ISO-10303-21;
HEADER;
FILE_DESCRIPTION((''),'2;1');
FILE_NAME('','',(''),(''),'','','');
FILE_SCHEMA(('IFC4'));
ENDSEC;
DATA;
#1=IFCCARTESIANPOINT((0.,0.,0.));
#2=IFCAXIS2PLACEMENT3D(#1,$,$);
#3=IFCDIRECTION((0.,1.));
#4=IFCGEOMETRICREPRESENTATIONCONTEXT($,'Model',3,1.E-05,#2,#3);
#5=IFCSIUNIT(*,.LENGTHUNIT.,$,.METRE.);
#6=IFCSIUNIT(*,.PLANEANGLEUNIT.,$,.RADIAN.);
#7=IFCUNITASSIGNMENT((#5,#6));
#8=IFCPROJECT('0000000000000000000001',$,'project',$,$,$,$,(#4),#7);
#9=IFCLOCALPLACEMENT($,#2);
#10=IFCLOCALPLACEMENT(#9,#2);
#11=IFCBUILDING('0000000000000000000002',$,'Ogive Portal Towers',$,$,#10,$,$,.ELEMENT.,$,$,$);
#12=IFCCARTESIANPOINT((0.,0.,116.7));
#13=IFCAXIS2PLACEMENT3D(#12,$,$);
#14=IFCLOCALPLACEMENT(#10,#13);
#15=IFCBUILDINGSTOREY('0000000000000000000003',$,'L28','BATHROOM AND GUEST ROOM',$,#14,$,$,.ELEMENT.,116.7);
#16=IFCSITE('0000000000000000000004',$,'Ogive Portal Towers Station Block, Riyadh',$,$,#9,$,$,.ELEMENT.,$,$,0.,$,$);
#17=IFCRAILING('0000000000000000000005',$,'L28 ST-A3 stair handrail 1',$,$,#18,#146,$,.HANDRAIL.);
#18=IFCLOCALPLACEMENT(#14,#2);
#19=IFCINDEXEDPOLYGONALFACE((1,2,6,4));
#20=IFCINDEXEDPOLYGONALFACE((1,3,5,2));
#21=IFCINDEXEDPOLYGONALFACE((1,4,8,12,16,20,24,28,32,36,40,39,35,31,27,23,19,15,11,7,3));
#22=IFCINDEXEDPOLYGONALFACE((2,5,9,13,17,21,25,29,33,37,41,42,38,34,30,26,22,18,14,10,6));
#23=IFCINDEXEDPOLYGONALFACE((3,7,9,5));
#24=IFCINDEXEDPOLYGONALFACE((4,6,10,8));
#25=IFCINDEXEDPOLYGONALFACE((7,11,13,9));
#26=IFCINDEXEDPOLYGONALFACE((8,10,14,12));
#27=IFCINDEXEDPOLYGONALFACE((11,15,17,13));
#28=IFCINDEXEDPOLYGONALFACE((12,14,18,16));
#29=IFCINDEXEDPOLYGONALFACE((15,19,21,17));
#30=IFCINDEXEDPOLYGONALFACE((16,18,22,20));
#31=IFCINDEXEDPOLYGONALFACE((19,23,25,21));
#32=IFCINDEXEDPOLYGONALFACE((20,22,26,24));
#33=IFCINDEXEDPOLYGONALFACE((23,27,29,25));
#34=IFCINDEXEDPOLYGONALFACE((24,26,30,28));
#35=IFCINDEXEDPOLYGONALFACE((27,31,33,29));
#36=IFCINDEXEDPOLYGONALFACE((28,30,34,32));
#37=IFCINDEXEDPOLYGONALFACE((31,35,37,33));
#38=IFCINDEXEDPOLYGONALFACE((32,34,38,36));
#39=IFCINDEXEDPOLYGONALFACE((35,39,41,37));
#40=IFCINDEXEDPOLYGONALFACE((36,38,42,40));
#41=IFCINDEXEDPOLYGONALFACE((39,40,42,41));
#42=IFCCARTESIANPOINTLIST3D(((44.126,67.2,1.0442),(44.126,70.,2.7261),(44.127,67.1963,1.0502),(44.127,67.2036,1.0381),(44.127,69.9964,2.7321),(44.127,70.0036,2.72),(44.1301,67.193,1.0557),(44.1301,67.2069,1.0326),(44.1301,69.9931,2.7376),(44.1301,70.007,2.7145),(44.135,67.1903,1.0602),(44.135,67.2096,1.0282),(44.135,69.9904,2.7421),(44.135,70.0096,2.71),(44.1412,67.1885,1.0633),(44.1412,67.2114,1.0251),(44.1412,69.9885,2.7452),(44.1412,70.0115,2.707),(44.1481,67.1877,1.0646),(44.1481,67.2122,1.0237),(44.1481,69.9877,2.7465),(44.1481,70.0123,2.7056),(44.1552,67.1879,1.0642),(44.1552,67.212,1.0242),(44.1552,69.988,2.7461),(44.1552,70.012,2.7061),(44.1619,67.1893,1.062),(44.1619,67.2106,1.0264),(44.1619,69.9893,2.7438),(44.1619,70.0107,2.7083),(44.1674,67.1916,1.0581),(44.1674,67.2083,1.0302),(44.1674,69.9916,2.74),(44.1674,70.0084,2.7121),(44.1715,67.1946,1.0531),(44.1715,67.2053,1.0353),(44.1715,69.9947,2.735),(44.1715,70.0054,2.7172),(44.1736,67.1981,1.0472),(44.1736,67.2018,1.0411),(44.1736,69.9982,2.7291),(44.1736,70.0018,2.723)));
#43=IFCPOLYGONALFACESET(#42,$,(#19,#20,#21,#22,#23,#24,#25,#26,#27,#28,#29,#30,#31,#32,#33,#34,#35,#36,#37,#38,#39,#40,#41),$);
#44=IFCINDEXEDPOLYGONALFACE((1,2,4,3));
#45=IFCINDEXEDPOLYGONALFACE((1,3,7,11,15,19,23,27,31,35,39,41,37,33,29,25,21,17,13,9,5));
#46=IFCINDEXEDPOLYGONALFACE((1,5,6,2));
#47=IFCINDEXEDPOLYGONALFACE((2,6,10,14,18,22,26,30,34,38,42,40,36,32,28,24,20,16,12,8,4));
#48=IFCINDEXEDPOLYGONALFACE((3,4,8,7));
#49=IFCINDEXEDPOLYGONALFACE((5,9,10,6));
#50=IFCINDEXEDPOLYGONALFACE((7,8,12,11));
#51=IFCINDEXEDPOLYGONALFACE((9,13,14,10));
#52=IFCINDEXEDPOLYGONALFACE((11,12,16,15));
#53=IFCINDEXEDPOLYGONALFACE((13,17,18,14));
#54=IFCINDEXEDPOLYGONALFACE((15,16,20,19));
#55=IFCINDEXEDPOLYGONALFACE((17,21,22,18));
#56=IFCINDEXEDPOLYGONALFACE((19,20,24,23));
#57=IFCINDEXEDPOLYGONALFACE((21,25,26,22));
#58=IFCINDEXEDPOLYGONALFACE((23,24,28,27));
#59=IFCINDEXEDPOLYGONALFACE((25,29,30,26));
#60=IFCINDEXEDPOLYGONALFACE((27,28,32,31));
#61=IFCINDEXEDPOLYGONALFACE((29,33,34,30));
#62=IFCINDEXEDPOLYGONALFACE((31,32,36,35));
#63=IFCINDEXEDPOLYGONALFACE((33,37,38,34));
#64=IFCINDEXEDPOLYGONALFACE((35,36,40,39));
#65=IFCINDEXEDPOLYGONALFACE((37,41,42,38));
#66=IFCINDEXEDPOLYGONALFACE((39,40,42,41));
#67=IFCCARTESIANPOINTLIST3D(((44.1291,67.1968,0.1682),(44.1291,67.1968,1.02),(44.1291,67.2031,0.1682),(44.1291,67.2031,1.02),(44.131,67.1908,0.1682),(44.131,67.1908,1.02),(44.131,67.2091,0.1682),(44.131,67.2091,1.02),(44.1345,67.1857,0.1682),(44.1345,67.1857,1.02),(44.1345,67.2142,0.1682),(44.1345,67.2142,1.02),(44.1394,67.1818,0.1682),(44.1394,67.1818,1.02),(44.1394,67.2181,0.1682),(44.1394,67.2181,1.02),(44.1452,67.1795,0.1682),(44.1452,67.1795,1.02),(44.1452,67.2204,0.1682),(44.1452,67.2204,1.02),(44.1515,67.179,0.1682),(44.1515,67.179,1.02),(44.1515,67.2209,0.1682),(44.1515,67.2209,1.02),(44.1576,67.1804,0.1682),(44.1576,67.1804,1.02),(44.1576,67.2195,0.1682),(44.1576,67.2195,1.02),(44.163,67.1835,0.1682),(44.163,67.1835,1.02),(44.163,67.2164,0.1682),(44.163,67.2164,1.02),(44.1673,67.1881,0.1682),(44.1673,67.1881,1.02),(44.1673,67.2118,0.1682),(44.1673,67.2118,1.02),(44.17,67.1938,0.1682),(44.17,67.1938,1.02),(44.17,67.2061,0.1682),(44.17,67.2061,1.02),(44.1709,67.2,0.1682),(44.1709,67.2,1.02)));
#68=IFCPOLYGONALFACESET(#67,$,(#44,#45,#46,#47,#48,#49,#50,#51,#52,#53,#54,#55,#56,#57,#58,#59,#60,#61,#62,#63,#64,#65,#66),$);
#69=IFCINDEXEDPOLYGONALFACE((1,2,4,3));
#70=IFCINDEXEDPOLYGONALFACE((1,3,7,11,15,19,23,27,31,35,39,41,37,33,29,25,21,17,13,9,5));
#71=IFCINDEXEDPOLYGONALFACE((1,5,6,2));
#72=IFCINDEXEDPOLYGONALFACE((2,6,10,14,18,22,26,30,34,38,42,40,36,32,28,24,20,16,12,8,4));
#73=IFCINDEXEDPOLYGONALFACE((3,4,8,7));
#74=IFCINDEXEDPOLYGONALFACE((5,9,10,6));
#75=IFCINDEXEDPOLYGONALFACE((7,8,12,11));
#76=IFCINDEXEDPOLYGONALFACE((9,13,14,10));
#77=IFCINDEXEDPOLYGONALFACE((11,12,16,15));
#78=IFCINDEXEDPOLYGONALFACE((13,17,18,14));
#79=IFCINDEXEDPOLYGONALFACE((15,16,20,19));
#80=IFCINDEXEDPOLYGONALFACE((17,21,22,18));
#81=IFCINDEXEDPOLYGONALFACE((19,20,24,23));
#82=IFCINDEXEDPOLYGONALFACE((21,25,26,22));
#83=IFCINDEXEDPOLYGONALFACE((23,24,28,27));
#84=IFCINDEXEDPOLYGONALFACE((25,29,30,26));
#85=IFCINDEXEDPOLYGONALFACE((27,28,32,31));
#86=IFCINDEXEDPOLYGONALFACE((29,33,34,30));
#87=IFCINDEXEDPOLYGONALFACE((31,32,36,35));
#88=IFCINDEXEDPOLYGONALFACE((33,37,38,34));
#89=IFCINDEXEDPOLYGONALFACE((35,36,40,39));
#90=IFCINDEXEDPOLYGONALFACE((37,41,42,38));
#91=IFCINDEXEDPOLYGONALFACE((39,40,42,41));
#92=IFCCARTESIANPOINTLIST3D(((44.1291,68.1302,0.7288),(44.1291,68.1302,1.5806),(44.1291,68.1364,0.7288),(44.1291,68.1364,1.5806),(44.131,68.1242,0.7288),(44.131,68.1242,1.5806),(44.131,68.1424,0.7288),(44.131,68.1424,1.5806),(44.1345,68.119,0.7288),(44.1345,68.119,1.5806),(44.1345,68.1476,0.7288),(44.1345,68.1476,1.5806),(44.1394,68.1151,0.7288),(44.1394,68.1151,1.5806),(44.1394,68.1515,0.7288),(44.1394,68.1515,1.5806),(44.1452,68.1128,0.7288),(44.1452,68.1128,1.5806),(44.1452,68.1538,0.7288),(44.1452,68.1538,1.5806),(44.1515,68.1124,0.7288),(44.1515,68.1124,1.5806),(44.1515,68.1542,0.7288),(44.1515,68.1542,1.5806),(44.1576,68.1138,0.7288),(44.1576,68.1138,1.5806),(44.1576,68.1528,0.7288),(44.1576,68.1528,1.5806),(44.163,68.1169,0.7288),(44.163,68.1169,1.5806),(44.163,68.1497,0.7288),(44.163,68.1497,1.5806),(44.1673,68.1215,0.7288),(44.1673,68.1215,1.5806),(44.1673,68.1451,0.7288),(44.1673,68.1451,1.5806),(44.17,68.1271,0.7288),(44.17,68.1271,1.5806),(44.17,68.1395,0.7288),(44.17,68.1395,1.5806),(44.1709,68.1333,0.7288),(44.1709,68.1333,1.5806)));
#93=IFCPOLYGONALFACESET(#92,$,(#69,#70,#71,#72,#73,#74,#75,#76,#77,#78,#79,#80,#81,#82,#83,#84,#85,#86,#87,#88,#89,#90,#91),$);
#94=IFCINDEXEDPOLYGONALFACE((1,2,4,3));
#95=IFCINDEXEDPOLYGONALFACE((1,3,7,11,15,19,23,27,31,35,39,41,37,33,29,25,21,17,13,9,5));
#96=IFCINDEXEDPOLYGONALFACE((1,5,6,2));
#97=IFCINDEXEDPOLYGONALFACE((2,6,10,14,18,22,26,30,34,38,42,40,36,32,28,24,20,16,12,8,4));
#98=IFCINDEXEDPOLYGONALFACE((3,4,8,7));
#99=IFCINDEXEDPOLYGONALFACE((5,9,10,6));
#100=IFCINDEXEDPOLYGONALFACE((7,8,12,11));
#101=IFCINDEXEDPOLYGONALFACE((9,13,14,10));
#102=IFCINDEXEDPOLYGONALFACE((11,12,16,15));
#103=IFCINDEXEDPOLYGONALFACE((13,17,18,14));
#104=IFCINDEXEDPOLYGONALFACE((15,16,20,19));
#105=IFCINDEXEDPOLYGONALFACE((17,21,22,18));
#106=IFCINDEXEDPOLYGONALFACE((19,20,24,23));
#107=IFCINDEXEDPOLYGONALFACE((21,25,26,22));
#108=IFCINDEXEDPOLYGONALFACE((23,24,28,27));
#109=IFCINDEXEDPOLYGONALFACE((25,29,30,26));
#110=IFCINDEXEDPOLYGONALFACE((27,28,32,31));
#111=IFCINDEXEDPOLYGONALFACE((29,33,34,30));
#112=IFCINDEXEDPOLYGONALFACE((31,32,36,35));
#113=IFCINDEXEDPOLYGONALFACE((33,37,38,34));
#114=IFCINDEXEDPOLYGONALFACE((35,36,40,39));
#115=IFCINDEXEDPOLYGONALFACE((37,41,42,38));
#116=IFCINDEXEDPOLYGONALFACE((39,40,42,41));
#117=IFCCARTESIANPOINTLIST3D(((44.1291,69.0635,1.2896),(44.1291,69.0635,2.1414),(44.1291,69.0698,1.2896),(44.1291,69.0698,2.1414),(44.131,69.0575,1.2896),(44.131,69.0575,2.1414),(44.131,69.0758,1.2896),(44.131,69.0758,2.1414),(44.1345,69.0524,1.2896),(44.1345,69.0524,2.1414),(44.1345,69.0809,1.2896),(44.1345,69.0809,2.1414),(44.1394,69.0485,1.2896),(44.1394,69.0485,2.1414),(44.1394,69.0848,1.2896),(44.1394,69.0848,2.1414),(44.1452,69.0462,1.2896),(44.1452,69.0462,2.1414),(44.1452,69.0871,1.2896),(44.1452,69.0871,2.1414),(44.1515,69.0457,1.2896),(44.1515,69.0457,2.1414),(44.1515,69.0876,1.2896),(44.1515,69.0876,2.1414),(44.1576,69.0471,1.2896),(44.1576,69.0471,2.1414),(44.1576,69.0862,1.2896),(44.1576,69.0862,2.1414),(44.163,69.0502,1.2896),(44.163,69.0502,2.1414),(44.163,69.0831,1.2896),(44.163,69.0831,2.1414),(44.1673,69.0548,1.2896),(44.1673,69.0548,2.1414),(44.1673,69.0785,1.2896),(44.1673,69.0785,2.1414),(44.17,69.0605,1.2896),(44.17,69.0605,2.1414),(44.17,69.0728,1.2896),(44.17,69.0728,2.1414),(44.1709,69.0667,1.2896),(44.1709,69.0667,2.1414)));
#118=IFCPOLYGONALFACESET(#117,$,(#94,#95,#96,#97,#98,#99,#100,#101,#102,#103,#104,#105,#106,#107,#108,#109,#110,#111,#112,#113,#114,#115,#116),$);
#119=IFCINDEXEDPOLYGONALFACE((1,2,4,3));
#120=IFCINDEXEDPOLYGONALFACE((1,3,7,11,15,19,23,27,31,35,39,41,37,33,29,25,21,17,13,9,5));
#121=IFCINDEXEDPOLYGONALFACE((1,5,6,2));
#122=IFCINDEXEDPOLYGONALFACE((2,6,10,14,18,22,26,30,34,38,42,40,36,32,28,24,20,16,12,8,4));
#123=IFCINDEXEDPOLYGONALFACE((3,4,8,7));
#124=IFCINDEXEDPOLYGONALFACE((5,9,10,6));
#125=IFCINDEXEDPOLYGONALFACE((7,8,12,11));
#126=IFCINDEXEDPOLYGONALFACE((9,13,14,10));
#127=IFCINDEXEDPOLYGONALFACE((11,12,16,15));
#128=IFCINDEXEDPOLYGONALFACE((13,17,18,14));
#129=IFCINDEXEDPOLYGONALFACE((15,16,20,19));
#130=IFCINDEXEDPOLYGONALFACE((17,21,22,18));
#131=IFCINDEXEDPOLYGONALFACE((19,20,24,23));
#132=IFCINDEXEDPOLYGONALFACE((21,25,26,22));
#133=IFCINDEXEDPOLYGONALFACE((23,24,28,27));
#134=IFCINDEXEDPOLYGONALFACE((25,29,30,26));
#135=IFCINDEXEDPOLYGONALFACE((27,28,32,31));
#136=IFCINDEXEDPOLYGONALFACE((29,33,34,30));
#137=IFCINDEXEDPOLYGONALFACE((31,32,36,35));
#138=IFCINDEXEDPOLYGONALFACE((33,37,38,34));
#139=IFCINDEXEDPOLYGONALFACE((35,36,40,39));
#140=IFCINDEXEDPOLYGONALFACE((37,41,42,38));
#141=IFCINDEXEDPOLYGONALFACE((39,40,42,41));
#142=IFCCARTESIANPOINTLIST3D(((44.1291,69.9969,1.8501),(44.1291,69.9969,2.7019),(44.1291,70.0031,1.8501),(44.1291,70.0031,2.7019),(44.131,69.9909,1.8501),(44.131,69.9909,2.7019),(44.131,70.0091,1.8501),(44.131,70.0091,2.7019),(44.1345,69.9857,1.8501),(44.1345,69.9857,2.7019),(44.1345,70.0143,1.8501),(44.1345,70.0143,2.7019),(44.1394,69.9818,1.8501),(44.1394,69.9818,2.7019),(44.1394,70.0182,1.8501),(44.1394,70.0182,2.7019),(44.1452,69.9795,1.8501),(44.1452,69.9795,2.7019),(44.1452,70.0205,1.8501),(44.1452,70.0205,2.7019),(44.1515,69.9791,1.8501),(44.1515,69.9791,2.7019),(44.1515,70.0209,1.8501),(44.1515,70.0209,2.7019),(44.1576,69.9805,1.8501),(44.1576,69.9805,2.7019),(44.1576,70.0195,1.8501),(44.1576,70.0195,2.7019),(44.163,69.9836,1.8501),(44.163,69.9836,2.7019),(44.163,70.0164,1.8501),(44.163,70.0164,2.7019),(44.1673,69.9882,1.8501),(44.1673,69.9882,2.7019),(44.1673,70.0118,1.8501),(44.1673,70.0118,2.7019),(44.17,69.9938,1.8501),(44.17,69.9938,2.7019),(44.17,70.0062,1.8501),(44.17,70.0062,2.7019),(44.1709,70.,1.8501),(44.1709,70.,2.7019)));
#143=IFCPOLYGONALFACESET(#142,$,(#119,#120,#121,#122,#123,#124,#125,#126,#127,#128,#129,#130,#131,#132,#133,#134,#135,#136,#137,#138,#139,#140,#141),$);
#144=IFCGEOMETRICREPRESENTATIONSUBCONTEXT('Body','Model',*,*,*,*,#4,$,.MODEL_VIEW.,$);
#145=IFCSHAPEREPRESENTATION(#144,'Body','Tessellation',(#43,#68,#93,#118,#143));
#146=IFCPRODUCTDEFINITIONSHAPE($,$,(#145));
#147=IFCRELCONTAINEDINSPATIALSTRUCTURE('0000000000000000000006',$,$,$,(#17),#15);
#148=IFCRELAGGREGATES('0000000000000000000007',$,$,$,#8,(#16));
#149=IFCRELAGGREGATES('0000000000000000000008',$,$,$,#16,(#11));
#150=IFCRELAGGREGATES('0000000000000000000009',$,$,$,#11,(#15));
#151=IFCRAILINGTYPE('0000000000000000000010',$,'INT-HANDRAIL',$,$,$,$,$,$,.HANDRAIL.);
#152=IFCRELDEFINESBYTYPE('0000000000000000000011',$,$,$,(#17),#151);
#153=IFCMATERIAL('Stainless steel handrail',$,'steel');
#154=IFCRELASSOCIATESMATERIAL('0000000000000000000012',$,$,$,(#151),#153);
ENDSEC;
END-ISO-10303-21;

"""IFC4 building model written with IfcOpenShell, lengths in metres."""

from ifc_helpers import new_model, si_unit, direction, frame, origin, origin_2d, place, context, subcontext, project, spatial, circle, extrude, material, type_object, element, save


model = new_model("IFC4")

# Units and contexts
model_context = context("Model", 3, precision=1e-05, world=origin(), true_north=direction((0.0, 1.0)))
body_context = subcontext(model_context, "Body", "Model", "MODEL_VIEW")
ifc_project = project(units=[si_unit("LENGTHUNIT", "METRE"), si_unit("PLANEANGLEUNIT", "RADIAN")], contexts=[model_context])

# Site, building, storey
site_placement = place(None, origin())
site = spatial("IfcSite", under=ifc_project, at=site_placement, Name="Ogive Portal Towers Station Block, Riyadh", CompositionType="ELEMENT", RefElevation=0.0)
building_placement = place(site_placement, origin())
building = spatial("IfcBuilding", under=site, at=building_placement, Name="Ogive Portal Towers", CompositionType="ELEMENT")
storey_placement = place(building_placement, frame((0.0, 0.0, 116.7)))
storey = spatial("IfcBuildingStorey", under=building, at=storey_placement, Name="L28", Description="BATHROOM AND GUEST ROOM", CompositionType="ELEMENT", Elevation=116.7)

# Railing
ifc_material_1 = material(Name="Stainless steel handrail", Category="steel")
railing_type_1 = type_object("IfcRailingType", Name="INT-HANDRAIL", PredefinedType="HANDRAIL", material=ifc_material_1)
railing_1_placement = place(storey_placement, frame((44.1499, 67.2, 0.1682)))
element("IfcRailing", 1, at=railing_1_placement, inside=storey, type_object=railing_type_1, Name="L28 ST-A3 stair handrail 1", PredefinedType="HANDRAIL", context=body_context, shape_type="SweptSolid", body=[
    extrude(circle(Radius=0.0239, at=origin_2d()), frame((0.0, 0.0, 0.876), z_axis=(0.0, 0.857242, 0.514913), x_axis=(-1.0, 0.0, 0.0)), (0.0, 0.0, 1.0), 3.2664),
    extrude(circle(Radius=0.021, at=origin_2d()), origin(), (0.0, 0.0, 1.0), 0.8518),
    extrude(circle(Radius=0.021, at=origin_2d()), frame((0.0, 0.9333, 0.5605)), (0.0, 0.0, 1.0), 0.8518),
    extrude(circle(Radius=0.021, at=origin_2d()), frame((0.0, 1.8667, 1.1213)), (0.0, 0.0, 1.0), 0.8518),
    extrude(circle(Radius=0.021, at=origin_2d()), frame((0.0, 2.8, 1.6819)), (0.0, 0.0, 1.0), 0.8518),
])

save(model, "model.ifc")
